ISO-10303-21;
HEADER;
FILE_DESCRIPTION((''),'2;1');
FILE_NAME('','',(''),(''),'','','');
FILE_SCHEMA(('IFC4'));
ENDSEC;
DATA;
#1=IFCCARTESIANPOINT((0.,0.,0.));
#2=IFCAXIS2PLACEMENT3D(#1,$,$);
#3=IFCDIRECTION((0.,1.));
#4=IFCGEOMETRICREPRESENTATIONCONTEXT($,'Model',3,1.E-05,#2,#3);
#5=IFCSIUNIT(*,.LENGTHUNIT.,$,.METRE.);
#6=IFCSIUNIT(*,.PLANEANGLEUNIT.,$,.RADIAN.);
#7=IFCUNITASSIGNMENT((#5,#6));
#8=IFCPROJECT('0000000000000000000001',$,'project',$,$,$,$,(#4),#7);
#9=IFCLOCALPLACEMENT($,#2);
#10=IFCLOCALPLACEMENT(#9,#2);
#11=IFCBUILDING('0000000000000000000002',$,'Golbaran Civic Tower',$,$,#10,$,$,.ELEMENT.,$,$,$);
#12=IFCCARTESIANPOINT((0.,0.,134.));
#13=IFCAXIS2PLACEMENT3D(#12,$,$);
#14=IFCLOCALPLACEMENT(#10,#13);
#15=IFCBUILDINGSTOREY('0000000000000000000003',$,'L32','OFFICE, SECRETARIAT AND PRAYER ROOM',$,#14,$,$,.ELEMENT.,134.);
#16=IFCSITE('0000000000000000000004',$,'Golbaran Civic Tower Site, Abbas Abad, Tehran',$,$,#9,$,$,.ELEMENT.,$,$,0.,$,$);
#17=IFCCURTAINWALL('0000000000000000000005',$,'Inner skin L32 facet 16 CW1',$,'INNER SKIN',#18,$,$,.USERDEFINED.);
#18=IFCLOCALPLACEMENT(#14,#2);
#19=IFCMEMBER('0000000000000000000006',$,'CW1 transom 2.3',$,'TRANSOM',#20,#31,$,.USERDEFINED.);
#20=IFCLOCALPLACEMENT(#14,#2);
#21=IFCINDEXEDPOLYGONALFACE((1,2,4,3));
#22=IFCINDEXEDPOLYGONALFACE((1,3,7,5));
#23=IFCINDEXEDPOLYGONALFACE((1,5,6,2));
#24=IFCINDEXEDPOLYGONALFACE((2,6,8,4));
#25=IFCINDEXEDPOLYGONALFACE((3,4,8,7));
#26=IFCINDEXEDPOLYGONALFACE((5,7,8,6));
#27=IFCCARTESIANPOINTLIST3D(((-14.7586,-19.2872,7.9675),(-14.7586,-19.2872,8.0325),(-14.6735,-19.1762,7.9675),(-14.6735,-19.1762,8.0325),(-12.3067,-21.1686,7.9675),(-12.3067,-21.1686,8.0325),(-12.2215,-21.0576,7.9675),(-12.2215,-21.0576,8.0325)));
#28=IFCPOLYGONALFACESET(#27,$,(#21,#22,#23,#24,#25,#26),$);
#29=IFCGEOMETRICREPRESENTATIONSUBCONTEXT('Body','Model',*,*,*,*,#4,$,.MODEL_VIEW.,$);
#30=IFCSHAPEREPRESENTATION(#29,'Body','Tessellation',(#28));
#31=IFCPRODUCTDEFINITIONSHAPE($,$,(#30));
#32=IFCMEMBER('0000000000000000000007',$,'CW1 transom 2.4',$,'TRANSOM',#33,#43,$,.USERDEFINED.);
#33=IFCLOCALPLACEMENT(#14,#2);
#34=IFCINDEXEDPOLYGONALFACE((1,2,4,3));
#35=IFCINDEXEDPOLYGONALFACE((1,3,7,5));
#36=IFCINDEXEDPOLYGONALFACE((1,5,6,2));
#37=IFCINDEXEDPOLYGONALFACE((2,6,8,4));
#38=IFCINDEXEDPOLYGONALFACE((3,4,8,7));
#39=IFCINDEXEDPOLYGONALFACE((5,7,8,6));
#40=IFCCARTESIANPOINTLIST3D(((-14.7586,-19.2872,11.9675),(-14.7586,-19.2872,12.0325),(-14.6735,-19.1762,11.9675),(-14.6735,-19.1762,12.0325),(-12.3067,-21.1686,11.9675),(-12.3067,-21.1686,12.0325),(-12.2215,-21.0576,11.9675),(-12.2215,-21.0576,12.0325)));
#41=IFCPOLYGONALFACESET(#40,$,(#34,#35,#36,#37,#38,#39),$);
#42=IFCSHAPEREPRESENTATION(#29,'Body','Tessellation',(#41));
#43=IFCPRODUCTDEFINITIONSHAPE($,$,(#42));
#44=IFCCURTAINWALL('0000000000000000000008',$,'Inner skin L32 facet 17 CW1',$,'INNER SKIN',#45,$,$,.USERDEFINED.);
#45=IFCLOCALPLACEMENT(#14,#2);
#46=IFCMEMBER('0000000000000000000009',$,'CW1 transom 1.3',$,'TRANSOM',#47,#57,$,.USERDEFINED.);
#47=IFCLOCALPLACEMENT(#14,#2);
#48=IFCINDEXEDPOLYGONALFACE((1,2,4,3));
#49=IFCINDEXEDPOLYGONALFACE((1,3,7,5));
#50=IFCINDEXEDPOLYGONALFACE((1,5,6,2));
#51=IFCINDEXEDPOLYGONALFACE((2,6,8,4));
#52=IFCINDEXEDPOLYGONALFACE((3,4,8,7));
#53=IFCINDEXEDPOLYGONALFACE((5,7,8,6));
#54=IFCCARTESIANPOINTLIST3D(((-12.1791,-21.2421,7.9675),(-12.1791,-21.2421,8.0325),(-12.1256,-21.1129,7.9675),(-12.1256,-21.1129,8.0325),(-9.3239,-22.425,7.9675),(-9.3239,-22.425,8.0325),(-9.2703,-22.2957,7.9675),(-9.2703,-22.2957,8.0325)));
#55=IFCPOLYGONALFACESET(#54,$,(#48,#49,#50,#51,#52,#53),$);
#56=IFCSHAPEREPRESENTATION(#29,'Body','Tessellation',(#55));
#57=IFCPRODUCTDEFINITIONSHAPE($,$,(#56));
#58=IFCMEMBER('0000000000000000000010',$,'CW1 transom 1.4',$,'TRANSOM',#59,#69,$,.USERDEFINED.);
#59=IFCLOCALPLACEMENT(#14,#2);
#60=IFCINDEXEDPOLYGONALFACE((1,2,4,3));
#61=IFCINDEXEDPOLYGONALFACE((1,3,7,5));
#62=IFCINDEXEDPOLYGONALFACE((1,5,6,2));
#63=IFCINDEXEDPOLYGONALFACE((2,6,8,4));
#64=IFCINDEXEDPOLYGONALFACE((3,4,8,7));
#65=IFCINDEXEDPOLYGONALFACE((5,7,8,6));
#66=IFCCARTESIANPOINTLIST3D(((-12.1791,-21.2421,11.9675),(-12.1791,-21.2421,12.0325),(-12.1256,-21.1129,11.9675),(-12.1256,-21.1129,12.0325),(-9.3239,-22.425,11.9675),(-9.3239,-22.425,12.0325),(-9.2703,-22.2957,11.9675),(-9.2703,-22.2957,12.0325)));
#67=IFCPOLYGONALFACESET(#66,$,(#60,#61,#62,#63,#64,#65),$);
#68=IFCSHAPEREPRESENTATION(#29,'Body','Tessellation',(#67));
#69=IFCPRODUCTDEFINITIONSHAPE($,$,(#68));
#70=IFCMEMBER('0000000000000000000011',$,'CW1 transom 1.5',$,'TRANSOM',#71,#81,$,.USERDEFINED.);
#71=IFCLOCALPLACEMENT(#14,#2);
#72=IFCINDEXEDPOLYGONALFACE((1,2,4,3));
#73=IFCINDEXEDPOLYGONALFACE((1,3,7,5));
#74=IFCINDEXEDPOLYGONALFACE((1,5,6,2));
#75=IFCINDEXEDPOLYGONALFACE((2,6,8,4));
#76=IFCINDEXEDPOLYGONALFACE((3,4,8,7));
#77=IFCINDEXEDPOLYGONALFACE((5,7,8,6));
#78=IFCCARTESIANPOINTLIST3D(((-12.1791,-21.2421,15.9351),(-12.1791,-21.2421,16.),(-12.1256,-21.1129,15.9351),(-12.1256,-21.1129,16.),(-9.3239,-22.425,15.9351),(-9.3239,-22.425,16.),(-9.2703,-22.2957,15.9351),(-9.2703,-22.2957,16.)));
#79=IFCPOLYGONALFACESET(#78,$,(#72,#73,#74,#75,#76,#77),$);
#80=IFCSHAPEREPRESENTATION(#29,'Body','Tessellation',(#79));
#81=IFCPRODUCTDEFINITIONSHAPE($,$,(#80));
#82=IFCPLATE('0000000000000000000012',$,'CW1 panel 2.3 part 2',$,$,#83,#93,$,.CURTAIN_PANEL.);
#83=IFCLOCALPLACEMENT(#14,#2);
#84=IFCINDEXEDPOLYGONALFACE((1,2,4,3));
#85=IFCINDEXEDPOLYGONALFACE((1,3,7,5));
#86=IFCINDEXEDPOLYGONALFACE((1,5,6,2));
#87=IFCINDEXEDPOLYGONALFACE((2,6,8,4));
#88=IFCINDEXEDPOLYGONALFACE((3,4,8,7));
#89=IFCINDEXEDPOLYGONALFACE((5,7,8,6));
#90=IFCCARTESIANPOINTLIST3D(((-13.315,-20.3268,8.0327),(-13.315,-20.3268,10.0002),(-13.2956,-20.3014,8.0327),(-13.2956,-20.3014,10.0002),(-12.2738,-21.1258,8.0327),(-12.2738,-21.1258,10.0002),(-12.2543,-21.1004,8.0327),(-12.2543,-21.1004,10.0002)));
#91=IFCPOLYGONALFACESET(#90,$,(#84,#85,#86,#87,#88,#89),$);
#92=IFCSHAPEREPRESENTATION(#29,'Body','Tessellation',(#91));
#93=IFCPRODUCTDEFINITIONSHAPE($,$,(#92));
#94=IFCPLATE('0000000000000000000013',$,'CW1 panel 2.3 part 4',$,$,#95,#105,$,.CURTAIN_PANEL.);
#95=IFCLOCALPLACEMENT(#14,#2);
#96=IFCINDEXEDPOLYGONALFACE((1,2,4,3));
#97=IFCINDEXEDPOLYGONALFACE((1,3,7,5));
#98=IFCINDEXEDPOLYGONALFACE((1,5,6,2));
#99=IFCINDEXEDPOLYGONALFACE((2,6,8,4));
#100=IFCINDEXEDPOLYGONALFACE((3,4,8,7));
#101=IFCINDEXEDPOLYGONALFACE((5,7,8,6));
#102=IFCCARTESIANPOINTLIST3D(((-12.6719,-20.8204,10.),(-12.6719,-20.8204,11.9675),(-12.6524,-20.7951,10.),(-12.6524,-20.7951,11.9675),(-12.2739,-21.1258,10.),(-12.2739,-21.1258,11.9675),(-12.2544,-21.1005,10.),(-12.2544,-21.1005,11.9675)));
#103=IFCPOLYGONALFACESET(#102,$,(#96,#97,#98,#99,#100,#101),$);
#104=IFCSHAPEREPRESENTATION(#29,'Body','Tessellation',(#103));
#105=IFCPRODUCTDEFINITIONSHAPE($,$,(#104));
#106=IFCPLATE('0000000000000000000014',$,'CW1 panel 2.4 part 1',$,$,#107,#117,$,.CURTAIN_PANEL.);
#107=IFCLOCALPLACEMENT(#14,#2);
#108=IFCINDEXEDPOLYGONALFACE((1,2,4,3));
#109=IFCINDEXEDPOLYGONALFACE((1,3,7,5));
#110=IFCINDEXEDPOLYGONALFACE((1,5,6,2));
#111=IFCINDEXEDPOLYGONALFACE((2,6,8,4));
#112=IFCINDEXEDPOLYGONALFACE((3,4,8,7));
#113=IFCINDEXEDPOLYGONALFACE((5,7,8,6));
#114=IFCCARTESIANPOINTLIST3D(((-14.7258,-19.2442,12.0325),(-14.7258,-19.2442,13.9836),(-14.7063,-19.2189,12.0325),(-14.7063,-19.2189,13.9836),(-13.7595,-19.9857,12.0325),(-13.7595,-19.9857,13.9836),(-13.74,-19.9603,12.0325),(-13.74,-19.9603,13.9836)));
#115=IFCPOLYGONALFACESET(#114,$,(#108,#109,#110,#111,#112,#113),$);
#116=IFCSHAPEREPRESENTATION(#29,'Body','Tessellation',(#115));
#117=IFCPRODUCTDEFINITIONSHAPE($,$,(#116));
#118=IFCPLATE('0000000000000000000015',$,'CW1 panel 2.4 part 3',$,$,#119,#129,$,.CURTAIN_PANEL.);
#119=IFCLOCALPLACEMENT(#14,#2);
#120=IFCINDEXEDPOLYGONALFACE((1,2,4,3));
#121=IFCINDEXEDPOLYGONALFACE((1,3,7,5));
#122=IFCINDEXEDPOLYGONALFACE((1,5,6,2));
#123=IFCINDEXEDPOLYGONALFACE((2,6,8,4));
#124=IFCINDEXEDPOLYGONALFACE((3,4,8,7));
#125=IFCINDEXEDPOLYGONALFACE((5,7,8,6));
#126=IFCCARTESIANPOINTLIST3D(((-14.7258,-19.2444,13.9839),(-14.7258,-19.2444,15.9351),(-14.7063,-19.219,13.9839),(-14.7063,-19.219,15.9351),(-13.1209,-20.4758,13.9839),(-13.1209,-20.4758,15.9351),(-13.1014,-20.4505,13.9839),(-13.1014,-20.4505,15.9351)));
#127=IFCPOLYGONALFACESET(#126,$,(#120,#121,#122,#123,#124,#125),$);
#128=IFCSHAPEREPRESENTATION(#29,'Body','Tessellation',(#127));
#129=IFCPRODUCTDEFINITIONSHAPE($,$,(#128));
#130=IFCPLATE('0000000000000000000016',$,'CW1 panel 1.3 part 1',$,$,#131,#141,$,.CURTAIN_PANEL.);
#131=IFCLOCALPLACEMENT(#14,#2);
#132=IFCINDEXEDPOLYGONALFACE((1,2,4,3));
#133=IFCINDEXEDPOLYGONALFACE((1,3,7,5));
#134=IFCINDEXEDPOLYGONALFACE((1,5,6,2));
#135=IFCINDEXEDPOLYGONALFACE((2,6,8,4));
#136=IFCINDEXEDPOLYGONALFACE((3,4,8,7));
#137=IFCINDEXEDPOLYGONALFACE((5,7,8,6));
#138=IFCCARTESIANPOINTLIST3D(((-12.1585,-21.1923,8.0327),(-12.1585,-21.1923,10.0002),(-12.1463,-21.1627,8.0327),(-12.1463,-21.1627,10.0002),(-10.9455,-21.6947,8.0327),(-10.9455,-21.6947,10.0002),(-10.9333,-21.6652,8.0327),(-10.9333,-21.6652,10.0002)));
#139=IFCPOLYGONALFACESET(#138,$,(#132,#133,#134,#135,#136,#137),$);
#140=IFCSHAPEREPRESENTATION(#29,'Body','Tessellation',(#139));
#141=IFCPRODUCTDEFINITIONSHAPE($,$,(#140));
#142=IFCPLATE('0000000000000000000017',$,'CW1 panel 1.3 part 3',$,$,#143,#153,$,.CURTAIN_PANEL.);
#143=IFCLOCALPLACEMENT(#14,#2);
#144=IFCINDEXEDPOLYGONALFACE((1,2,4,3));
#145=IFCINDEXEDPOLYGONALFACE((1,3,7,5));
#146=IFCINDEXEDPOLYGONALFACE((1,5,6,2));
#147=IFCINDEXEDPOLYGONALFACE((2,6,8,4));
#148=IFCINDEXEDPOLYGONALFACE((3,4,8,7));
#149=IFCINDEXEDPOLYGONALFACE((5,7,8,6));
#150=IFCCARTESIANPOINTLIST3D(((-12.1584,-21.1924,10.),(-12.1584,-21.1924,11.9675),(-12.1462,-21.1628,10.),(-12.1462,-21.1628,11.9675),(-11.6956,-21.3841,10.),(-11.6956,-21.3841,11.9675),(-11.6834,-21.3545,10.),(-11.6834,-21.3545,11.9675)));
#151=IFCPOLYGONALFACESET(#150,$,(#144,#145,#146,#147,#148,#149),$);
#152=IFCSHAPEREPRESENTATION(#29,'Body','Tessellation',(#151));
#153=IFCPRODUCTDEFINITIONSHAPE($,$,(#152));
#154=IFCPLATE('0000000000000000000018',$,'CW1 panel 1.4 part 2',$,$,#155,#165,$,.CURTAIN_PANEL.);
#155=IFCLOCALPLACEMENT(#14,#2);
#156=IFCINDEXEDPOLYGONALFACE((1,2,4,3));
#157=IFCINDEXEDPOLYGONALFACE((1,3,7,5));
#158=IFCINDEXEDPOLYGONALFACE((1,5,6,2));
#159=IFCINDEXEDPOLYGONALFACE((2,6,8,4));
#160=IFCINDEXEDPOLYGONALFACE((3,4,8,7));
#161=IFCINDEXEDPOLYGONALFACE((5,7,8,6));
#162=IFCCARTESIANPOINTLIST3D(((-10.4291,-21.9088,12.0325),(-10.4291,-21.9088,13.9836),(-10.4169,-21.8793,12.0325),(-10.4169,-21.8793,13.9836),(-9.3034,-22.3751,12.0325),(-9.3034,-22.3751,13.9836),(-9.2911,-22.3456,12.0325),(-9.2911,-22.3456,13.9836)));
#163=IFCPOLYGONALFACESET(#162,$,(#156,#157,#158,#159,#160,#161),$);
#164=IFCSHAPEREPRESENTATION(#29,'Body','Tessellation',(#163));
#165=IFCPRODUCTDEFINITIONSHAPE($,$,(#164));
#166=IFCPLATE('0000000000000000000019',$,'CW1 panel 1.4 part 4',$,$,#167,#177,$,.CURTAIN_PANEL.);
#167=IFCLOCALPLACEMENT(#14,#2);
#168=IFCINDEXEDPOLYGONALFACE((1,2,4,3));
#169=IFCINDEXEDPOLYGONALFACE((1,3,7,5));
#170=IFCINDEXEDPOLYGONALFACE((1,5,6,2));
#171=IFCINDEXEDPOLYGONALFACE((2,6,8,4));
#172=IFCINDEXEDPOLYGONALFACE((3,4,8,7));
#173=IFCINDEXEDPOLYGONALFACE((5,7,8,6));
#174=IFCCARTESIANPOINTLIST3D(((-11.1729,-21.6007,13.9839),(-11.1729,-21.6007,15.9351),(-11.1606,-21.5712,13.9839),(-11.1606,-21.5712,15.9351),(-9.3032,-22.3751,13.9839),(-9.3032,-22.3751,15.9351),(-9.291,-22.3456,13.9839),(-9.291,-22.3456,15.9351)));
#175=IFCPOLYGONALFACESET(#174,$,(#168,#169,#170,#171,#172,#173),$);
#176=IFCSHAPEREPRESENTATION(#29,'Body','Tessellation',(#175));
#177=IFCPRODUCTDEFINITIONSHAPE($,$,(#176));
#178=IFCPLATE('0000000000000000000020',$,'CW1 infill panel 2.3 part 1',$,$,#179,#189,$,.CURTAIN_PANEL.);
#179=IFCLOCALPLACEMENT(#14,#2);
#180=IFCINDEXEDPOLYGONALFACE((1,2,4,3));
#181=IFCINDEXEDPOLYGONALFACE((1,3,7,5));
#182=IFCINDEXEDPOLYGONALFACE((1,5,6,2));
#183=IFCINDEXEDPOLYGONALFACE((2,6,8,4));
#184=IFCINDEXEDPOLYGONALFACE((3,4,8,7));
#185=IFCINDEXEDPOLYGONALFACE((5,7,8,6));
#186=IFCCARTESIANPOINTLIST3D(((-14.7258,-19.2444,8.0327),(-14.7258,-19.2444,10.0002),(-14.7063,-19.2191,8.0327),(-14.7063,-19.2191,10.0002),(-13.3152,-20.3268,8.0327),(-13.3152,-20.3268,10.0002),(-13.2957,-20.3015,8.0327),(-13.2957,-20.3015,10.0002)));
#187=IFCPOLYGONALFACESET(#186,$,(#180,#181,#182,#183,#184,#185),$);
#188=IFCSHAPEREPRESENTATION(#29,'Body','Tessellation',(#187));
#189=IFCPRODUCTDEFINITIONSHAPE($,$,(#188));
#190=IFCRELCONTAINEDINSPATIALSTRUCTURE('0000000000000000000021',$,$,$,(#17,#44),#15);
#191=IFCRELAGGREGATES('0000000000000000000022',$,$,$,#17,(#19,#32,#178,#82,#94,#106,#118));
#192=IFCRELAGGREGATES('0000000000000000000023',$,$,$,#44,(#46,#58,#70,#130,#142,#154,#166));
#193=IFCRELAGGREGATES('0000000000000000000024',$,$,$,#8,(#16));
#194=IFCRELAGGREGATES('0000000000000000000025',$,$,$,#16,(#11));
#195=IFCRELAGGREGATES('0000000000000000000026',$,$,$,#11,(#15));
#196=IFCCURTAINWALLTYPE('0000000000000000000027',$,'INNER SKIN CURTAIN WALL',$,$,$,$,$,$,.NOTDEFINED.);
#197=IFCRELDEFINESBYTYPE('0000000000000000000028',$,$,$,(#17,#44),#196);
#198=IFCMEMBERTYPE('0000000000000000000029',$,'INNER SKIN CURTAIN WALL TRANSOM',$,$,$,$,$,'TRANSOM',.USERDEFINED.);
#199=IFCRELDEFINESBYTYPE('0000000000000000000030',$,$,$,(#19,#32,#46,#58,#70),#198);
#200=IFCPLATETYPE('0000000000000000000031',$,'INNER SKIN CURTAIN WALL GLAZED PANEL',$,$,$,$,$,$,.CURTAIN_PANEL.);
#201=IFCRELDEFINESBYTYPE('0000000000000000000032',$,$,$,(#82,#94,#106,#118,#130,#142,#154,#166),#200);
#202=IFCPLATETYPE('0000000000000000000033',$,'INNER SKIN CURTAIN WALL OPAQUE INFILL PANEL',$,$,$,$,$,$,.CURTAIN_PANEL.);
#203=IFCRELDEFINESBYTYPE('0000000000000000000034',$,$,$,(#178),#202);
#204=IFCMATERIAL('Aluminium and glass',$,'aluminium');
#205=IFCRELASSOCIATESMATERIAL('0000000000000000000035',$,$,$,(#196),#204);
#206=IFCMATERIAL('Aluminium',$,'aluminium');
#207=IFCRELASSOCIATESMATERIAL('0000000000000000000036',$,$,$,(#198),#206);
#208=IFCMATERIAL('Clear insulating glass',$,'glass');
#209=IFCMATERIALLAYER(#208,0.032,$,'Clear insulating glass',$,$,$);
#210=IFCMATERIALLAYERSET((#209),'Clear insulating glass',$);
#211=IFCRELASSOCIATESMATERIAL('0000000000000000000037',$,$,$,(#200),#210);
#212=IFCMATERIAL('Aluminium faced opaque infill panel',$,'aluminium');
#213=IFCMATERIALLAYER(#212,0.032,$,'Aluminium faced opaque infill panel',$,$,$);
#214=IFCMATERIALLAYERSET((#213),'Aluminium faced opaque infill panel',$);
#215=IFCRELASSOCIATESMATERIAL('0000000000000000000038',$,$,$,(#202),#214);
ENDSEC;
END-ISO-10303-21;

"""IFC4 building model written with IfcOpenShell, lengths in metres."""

from ifc_helpers import new_model, si_unit, direction, frame, origin, origin_2d, place, context, subcontext, project, spatial, rectangle, extrude, material, layer, layer_set, material_profile, profile_set, type_object, element, aggregate, save


model = new_model("IFC4")

# Units and contexts
model_context = context("Model", 3, precision=1e-05, world=origin(), true_north=direction((0.0, 1.0)))
body_context = subcontext(model_context, "Body", "Model", "MODEL_VIEW")
ifc_project = project(units=[si_unit("LENGTHUNIT", "METRE"), si_unit("PLANEANGLEUNIT", "RADIAN")], contexts=[model_context])

# Site, building, storey
site_placement = place(None, origin())
site = spatial("IfcSite", under=ifc_project, at=site_placement, Name="Golbaran Civic Tower Site, Abbas Abad, Tehran", CompositionType="ELEMENT", RefElevation=0.0)
building_placement = place(site_placement, origin())
building = spatial("IfcBuilding", under=site, at=building_placement, Name="Golbaran Civic Tower", CompositionType="ELEMENT")
storey_placement = place(building_placement, frame((0.0, 0.0, 134.0)))
storey = spatial("IfcBuildingStorey", under=building, at=storey_placement, Name="L32", Description="OFFICE, SECRETARIAT AND PRAYER ROOM", CompositionType="ELEMENT", Elevation=134.0)

# Curtain walls, members
ifc_material_1 = material(Name="Aluminium and glass", Category="aluminium")
curtain_wall_type_1 = type_object("IfcCurtainWallType", Name="INNER SKIN CURTAIN WALL", PredefinedType="NOTDEFINED", material=ifc_material_1)
curtain_wall_1_placement = place(storey_placement, origin())
curtain_wall_1 = element("IfcCurtainWall", 1, at=curtain_wall_1_placement, inside=storey, type_object=curtain_wall_type_1, Name="Inner skin L32 facet 16 CW1", ObjectType="INNER SKIN", PredefinedType="USERDEFINED")
ifc_material_2 = material(Name="Aluminium", Category="aluminium")
ifc_material_profile = material_profile(ifc_material_2, rectangle(XDim=0.1399, YDim=0.0649, at=origin_2d()), Name="INNER SKIN CURTAIN WALL TRANSOM")
ifc_profile_set = profile_set([ifc_material_profile], Name="Aluminium")
member_type = type_object("IfcMemberType", Name="INNER SKIN CURTAIN WALL TRANSOM", ElementType="TRANSOM", PredefinedType="USERDEFINED", material=ifc_profile_set)
member_1_placement = place(storey_placement, frame((-14.7161, -19.2317, 8.0), z_axis=(0.793363, -0.608748, 0.0), x_axis=(0.608748, 0.793363, 0.0)))
member_1 = element("IfcMember", 2, at=member_1_placement, type_object=member_type, Name="CW1 transom 2.3", ObjectType="TRANSOM", PredefinedType="USERDEFINED", context=body_context, shape_type="SweptSolid", body=[
    extrude(rectangle(XDim=0.1399, YDim=0.0649, at=origin_2d()), origin(), (0.0, 0.0, 1.0), 3.0906),
])
member_2_placement = place(storey_placement, frame((-14.7161, -19.2317, 12.0), z_axis=(0.793363, -0.608748, 0.0), x_axis=(0.608748, 0.793363, 0.0)))
member_2 = element("IfcMember", 3, at=member_2_placement, type_object=member_type, Name="CW1 transom 2.4", ObjectType="TRANSOM", PredefinedType="USERDEFINED", context=body_context, shape_type="SweptSolid", body=[
    extrude(rectangle(XDim=0.1399, YDim=0.0649, at=origin_2d()), origin(), (0.0, 0.0, 1.0), 3.0906),
])
curtain_wall_2_placement = place(storey_placement, origin())
curtain_wall_2 = element("IfcCurtainWall", 4, at=curtain_wall_2_placement, inside=storey, type_object=curtain_wall_type_1, Name="Inner skin L32 facet 17 CW1", ObjectType="INNER SKIN", PredefinedType="USERDEFINED")
member_3_placement = place(storey_placement, frame((-12.1523, -21.1775, 8.0), z_axis=(0.923858, -0.382736, 0.0), x_axis=(0.382736, 0.923858, 0.0)))
member_3 = element("IfcMember", 5, at=member_3_placement, type_object=member_type, Name="CW1 transom 1.3", ObjectType="TRANSOM", PredefinedType="USERDEFINED", context=body_context, shape_type="SweptSolid", body=[
    extrude(rectangle(XDim=0.1399, YDim=0.0649, at=origin_2d()), origin(), (0.0, 0.0, 1.0), 3.0906),
])
member_4_placement = place(storey_placement, frame((-12.1523, -21.1775, 12.0), z_axis=(0.923858, -0.382736, 0.0), x_axis=(0.382736, 0.923858, 0.0)))
member_4 = element("IfcMember", 6, at=member_4_placement, type_object=member_type, Name="CW1 transom 1.4", ObjectType="TRANSOM", PredefinedType="USERDEFINED", context=body_context, shape_type="SweptSolid", body=[
    extrude(rectangle(XDim=0.1399, YDim=0.0649, at=origin_2d()), origin(), (0.0, 0.0, 1.0), 3.0906),
])
member_5_placement = place(storey_placement, frame((-12.1523, -21.1775, 15.9675), z_axis=(0.923858, -0.382736, 0.0), x_axis=(0.382736, 0.923858, 0.0)))
member_5 = element("IfcMember", 7, at=member_5_placement, type_object=member_type, Name="CW1 transom 1.5", ObjectType="TRANSOM", PredefinedType="USERDEFINED", context=body_context, shape_type="SweptSolid", body=[
    extrude(rectangle(XDim=0.1399, YDim=0.0649, at=origin_2d()), origin(), (0.0, 0.0, 1.0), 3.0906),
])

# Plates
ifc_material_3 = material(Name="Clear insulating glass", Category="glass")
ifc_layer_1 = layer(ifc_material_3, 0.032, Name="Clear insulating glass")
ifc_layer_set_1 = layer_set([ifc_layer_1], Name="Clear insulating glass")
plate_type_1 = type_object("IfcPlateType", Name="INNER SKIN CURTAIN WALL GLAZED PANEL", PredefinedType="CURTAIN_PANEL", material=ifc_layer_set_1)
plate_1_placement = place(storey_placement, frame((-12.7847, -20.7136, 8.0327), z_axis=(0.0, 0.0, 1.0), x_axis=(0.793353, -0.608761, 0.0)))
plate_1 = element("IfcPlate", 8, at=plate_1_placement, type_object=plate_type_1, Name="CW1 panel 2.3 part 2", PredefinedType="CURTAIN_PANEL", context=body_context, shape_type="SweptSolid", body=[
    extrude(rectangle(XDim=1.3125, YDim=0.032, at=origin_2d()), origin(), (0.0, 0.0, 1.0), 1.9675),
])
plate_2_placement = place(storey_placement, frame((-12.4631, -20.9604, 10.0), z_axis=(0.0, 0.0, 1.0), x_axis=(0.793353, -0.608761, 0.0)))
plate_2 = element("IfcPlate", 9, at=plate_2_placement, type_object=plate_type_1, Name="CW1 panel 2.3 part 4", PredefinedType="CURTAIN_PANEL", context=body_context, shape_type="SweptSolid", body=[
    extrude(rectangle(XDim=0.5017, YDim=0.032, at=origin_2d()), origin(), (0.0, 0.0, 1.0), 1.9675),
])
plate_3_placement = place(storey_placement, frame((-14.2329, -19.6023, 12.0325), z_axis=(0.0, 0.0, 1.0), x_axis=(0.793353, -0.608761, 0.0)))
plate_3 = element("IfcPlate", 10, at=plate_3_placement, type_object=plate_type_1, Name="CW1 panel 2.4 part 1", PredefinedType="CURTAIN_PANEL", context=body_context, shape_type="SweptSolid", body=[
    extrude(rectangle(XDim=1.218, YDim=0.032, at=origin_2d()), origin(), (0.0, 0.0, 1.0), 1.9512),
])
plate_4_placement = place(storey_placement, frame((-13.9136, -19.8474, 13.9839), z_axis=(0.0, 0.0, 1.0), x_axis=(0.793353, -0.608761, 0.0)))
plate_4 = element("IfcPlate", 11, at=plate_4_placement, type_object=plate_type_1, Name="CW1 panel 2.4 part 3", PredefinedType="CURTAIN_PANEL", context=body_context, shape_type="SweptSolid", body=[
    extrude(rectangle(XDim=2.0229, YDim=0.032, at=origin_2d()), origin(), (0.0, 0.0, 1.0), 1.9512),
])
plate_5_placement = place(storey_placement, frame((-11.5459, -21.4287, 8.0327), z_axis=(0.0, 0.0, 1.0), x_axis=(0.92388, -0.382683, 0.0)))
plate_5 = element("IfcPlate", 12, at=plate_5_placement, type_object=plate_type_1, Name="CW1 panel 1.3 part 1", PredefinedType="CURTAIN_PANEL", context=body_context, shape_type="SweptSolid", body=[
    extrude(rectangle(XDim=1.313, YDim=0.032, at=origin_2d()), origin(), (0.0, 0.0, 1.0), 1.9675),
])
plate_6_placement = place(storey_placement, frame((-11.9209, -21.2734, 10.0), z_axis=(0.0, 0.0, 1.0), x_axis=(0.92388, -0.382683, 0.0)))
plate_6 = element("IfcPlate", 13, at=plate_6_placement, type_object=plate_type_1, Name="CW1 panel 1.3 part 3", PredefinedType="CURTAIN_PANEL", context=body_context, shape_type="SweptSolid", body=[
    extrude(rectangle(XDim=0.501, YDim=0.032, at=origin_2d()), origin(), (0.0, 0.0, 1.0), 1.9675),
])
plate_7_placement = place(storey_placement, frame((-9.8601, -22.1272, 12.0325), z_axis=(0.0, 0.0, 1.0), x_axis=(0.92388, -0.382683, 0.0)))
plate_7 = element("IfcPlate", 14, at=plate_7_placement, type_object=plate_type_1, Name="CW1 panel 1.4 part 2", PredefinedType="CURTAIN_PANEL", context=body_context, shape_type="SweptSolid", body=[
    extrude(rectangle(XDim=1.2185, YDim=0.032, at=origin_2d()), origin(), (0.0, 0.0, 1.0), 1.9512),
])
plate_8_placement = place(storey_placement, frame((-10.2319, -21.9731, 13.9839), z_axis=(0.0, 0.0, 1.0), x_axis=(0.92388, -0.382683, 0.0)))
plate_8 = element("IfcPlate", 15, at=plate_8_placement, type_object=plate_type_1, Name="CW1 panel 1.4 part 4", PredefinedType="CURTAIN_PANEL", context=body_context, shape_type="SweptSolid", body=[
    extrude(rectangle(XDim=2.0237, YDim=0.032, at=origin_2d()), origin(), (0.0, 0.0, 1.0), 1.9512),
])
ifc_material_4 = material(Name="Aluminium faced opaque infill panel", Category="aluminium")
ifc_layer_2 = layer(ifc_material_4, 0.032, Name="Aluminium faced opaque infill panel")
ifc_layer_set_2 = layer_set([ifc_layer_2], Name="Aluminium faced opaque infill panel")
plate_type_2 = type_object("IfcPlateType", Name="INNER SKIN CURTAIN WALL OPAQUE INFILL PANEL", PredefinedType="CURTAIN_PANEL", material=ifc_layer_set_2)
plate_9_placement = place(storey_placement, frame((-14.0107, -19.7729, 8.0327), z_axis=(0.0, 0.0, 1.0), x_axis=(0.793353, -0.608761, 0.0)))
plate_9 = element("IfcPlate", 16, at=plate_9_placement, type_object=plate_type_2, Name="CW1 infill panel 2.3 part 1", PredefinedType="CURTAIN_PANEL", context=body_context, shape_type="SweptSolid", body=[
    extrude(rectangle(XDim=1.7781, YDim=0.032, at=origin_2d()), origin(), (0.0, 0.0, 1.0), 1.9675),
])
aggregate(curtain_wall_1, [member_1, member_2, plate_9, plate_1, plate_2, plate_3, plate_4])
aggregate(curtain_wall_2, [member_3, member_4, member_5, plate_5, plate_6, plate_7, plate_8])

save(model, "model.ifc")
